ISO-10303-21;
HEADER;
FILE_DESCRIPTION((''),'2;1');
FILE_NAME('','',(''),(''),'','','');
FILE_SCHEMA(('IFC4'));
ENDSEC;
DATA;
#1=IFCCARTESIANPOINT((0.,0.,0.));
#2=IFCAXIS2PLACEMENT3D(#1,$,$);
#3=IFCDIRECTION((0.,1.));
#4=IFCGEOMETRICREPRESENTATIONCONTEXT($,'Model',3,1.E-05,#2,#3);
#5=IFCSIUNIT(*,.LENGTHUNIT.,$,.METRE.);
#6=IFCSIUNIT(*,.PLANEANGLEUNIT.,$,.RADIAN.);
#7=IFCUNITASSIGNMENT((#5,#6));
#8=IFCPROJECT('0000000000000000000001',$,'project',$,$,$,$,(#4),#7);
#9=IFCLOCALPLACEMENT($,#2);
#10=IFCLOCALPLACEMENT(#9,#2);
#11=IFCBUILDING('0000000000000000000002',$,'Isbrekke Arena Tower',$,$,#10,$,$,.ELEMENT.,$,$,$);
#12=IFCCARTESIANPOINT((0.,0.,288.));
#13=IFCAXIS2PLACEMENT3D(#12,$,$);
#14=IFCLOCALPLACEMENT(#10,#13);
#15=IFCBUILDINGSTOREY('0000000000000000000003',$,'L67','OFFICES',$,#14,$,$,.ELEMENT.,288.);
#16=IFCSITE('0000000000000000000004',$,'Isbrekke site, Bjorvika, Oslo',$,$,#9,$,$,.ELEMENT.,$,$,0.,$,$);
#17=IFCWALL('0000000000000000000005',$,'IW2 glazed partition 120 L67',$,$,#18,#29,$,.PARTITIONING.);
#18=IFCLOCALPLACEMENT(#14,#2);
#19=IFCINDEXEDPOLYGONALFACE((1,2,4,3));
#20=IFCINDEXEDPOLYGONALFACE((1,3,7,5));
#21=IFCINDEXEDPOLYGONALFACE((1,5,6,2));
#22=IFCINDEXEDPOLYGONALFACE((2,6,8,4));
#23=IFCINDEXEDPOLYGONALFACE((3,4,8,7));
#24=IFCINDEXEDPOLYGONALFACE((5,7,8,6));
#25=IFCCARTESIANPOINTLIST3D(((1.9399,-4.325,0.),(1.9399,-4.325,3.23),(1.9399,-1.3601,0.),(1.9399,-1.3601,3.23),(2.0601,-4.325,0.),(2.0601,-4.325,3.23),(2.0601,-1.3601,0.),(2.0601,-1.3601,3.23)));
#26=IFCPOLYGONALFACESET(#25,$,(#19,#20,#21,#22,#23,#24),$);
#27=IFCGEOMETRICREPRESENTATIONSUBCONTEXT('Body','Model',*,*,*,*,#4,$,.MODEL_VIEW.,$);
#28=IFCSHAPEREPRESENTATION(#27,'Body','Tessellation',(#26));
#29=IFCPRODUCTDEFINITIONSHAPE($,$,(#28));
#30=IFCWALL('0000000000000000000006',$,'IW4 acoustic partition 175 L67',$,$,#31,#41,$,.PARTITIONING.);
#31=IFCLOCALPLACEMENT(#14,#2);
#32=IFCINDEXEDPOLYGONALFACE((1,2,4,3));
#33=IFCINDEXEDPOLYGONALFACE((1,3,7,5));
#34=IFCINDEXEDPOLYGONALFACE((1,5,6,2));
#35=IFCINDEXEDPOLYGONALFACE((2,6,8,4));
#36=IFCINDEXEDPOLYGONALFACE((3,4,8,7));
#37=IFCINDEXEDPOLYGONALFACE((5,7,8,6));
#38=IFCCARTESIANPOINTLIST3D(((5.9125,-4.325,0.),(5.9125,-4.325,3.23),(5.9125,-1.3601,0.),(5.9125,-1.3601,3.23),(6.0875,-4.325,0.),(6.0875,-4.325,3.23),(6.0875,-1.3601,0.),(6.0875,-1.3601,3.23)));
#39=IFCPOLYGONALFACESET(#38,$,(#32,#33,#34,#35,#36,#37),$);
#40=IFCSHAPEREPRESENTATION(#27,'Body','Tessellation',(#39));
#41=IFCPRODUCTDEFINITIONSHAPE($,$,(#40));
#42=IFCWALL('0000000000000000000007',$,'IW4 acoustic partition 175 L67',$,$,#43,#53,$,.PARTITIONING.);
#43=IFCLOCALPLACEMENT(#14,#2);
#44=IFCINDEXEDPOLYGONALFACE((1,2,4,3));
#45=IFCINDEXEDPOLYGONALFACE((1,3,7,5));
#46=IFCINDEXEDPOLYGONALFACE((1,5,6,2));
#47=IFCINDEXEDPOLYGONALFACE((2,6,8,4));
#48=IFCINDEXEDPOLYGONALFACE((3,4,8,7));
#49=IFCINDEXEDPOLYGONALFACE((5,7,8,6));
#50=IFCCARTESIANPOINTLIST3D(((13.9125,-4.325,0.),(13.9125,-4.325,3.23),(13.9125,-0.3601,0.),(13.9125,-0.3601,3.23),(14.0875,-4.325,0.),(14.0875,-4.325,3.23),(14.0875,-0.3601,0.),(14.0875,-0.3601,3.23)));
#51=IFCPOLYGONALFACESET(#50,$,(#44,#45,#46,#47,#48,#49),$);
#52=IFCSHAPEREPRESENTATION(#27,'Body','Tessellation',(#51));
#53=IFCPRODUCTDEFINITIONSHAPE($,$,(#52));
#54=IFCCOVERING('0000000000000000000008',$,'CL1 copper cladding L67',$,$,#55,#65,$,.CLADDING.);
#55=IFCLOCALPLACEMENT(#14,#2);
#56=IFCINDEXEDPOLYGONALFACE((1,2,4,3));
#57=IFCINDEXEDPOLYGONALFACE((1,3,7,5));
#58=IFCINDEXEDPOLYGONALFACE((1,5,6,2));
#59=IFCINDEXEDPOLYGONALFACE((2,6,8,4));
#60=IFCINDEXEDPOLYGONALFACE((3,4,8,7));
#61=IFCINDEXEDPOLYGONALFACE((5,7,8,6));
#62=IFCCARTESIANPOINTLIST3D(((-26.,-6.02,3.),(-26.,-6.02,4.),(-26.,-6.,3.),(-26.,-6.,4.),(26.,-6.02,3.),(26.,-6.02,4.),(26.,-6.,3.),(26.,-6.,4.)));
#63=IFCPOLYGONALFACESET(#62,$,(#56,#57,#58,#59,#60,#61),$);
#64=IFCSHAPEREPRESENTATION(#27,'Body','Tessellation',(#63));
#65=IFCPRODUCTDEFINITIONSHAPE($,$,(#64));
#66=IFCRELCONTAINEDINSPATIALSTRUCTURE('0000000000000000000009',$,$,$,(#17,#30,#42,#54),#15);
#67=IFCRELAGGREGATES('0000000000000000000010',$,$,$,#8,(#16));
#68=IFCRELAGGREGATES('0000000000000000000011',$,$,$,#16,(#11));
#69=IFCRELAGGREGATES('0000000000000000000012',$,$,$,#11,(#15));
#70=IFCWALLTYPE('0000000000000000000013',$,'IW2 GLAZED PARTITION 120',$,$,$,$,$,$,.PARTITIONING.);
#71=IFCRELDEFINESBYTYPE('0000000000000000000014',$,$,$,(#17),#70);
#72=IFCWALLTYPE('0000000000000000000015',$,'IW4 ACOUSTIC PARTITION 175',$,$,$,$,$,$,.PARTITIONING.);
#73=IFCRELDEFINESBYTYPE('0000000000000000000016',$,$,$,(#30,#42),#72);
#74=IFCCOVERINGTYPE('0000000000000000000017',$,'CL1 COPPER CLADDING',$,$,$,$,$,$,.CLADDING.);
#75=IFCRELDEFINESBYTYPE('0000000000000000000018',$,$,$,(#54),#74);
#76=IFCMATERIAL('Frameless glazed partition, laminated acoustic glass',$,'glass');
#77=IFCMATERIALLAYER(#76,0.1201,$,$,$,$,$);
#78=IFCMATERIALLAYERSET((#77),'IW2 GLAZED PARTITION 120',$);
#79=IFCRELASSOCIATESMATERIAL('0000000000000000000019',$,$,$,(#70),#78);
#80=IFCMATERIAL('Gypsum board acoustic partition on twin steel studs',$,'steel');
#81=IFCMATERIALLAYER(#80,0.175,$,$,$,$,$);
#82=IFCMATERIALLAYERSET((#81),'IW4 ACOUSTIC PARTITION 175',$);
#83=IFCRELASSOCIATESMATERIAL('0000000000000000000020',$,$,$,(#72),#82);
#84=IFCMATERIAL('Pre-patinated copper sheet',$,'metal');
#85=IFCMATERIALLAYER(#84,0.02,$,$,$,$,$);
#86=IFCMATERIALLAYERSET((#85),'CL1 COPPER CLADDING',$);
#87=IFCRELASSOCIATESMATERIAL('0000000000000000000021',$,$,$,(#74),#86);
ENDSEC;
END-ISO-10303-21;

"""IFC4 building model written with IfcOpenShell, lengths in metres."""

from ifc_helpers import new_model, si_unit, direction, frame, frame_2d, origin, origin_2d, place, context, subcontext, project, spatial, rectangle, extrude, material, layer, layer_set, type_object, element, save


model = new_model("IFC4")

# Units and contexts
model_context = context("Model", 3, precision=1e-05, world=origin(), true_north=direction((0.0, 1.0)))
body_context = subcontext(model_context, "Body", "Model", "MODEL_VIEW")
ifc_project = project(units=[si_unit("LENGTHUNIT", "METRE"), si_unit("PLANEANGLEUNIT", "RADIAN")], contexts=[model_context])

# Site, building, storey
site_placement = place(None, origin())
site = spatial("IfcSite", under=ifc_project, at=site_placement, Name="Isbrekke site, Bjorvika, Oslo", CompositionType="ELEMENT", RefElevation=0.0)
building_placement = place(site_placement, origin())
building = spatial("IfcBuilding", under=site, at=building_placement, Name="Isbrekke Arena Tower", CompositionType="ELEMENT")
storey_placement = place(building_placement, frame((0.0, 0.0, 288.0)))
storey = spatial("IfcBuildingStorey", under=building, at=storey_placement, Name="L67", Description="OFFICES", CompositionType="ELEMENT", Elevation=288.0)

# Shared definitions
ifc_material_1 = material(Name="Frameless glazed partition, laminated acoustic glass", Category="glass")
ifc_layer_1 = layer(ifc_material_1, 0.1201)
ifc_layer_set_1 = layer_set([ifc_layer_1], Name="IW2 GLAZED PARTITION 120")
wall_type_1 = type_object("IfcWallType", Name="IW2 GLAZED PARTITION 120", PredefinedType="PARTITIONING", material=ifc_layer_set_1)

# Walls
wall_1_placement = place(storey_placement, frame((2.0, -4.325, 0.0), z_axis=(0.0, 0.0, 1.0), x_axis=(0.0, 1.0, 0.0)))
element("IfcWall", 1, at=wall_1_placement, inside=storey, type_object=wall_type_1, Name="IW2 glazed partition 120 L67", PredefinedType="PARTITIONING", context=body_context, shape_type="SweptSolid", body=[
    extrude(rectangle(XDim=2.9648, YDim=0.1201, at=frame_2d((1.4824, 0.0))), origin(), (0.0, 0.0, 1.0), 3.23),
])
ifc_material_2 = material(Name="Gypsum board acoustic partition on twin steel studs", Category="steel")
ifc_layer_2 = layer(ifc_material_2, 0.175)
ifc_layer_set_2 = layer_set([ifc_layer_2], Name="IW4 ACOUSTIC PARTITION 175")
wall_type_2 = type_object("IfcWallType", Name="IW4 ACOUSTIC PARTITION 175", PredefinedType="PARTITIONING", material=ifc_layer_set_2)
wall_2_placement = place(storey_placement, frame((6.0, -4.325, 0.0), z_axis=(0.0, 0.0, 1.0), x_axis=(0.0, 1.0, 0.0)))
element("IfcWall", 2, at=wall_2_placement, inside=storey, type_object=wall_type_2, Name="IW4 acoustic partition 175 L67", PredefinedType="PARTITIONING", context=body_context, shape_type="SweptSolid", body=[
    extrude(rectangle(XDim=2.9648, YDim=0.175, at=frame_2d((1.4824, 0.0))), origin(), (0.0, 0.0, 1.0), 3.23),
])
wall_3_placement = place(storey_placement, frame((14.0, -4.325, 0.0), z_axis=(0.0, 0.0, 1.0), x_axis=(0.0, 1.0, 0.0)))
element("IfcWall", 3, at=wall_3_placement, inside=storey, type_object=wall_type_2, Name="IW4 acoustic partition 175 L67", PredefinedType="PARTITIONING", context=body_context, shape_type="SweptSolid", body=[
    extrude(rectangle(XDim=3.9648, YDim=0.175, at=frame_2d((1.9824, 0.0))), origin(), (0.0, 0.0, 1.0), 3.23),
])

# Covering
ifc_material_3 = material(Name="Pre-patinated copper sheet", Category="metal")
ifc_layer_3 = layer(ifc_material_3, 0.02)
ifc_layer_set_3 = layer_set([ifc_layer_3], Name="CL1 COPPER CLADDING")
covering_type = type_object("IfcCoveringType", Name="CL1 COPPER CLADDING", PredefinedType="CLADDING", material=ifc_layer_set_3)
covering_placement = place(storey_placement, frame((0.0, -6.01, 3.0), z_axis=(0.0, 0.0, 1.0), x_axis=(1.0, 0.0, 0.0)))
element("IfcCovering", 4, at=covering_placement, inside=storey, type_object=covering_type, Name="CL1 copper cladding L67", PredefinedType="CLADDING", context=body_context, shape_type="SweptSolid", body=[
    extrude(rectangle(XDim=52.0, YDim=0.02, at=origin_2d()), origin(), (0.0, 0.0, 1.0), 1.0),
])

save(model, "model.ifc")
